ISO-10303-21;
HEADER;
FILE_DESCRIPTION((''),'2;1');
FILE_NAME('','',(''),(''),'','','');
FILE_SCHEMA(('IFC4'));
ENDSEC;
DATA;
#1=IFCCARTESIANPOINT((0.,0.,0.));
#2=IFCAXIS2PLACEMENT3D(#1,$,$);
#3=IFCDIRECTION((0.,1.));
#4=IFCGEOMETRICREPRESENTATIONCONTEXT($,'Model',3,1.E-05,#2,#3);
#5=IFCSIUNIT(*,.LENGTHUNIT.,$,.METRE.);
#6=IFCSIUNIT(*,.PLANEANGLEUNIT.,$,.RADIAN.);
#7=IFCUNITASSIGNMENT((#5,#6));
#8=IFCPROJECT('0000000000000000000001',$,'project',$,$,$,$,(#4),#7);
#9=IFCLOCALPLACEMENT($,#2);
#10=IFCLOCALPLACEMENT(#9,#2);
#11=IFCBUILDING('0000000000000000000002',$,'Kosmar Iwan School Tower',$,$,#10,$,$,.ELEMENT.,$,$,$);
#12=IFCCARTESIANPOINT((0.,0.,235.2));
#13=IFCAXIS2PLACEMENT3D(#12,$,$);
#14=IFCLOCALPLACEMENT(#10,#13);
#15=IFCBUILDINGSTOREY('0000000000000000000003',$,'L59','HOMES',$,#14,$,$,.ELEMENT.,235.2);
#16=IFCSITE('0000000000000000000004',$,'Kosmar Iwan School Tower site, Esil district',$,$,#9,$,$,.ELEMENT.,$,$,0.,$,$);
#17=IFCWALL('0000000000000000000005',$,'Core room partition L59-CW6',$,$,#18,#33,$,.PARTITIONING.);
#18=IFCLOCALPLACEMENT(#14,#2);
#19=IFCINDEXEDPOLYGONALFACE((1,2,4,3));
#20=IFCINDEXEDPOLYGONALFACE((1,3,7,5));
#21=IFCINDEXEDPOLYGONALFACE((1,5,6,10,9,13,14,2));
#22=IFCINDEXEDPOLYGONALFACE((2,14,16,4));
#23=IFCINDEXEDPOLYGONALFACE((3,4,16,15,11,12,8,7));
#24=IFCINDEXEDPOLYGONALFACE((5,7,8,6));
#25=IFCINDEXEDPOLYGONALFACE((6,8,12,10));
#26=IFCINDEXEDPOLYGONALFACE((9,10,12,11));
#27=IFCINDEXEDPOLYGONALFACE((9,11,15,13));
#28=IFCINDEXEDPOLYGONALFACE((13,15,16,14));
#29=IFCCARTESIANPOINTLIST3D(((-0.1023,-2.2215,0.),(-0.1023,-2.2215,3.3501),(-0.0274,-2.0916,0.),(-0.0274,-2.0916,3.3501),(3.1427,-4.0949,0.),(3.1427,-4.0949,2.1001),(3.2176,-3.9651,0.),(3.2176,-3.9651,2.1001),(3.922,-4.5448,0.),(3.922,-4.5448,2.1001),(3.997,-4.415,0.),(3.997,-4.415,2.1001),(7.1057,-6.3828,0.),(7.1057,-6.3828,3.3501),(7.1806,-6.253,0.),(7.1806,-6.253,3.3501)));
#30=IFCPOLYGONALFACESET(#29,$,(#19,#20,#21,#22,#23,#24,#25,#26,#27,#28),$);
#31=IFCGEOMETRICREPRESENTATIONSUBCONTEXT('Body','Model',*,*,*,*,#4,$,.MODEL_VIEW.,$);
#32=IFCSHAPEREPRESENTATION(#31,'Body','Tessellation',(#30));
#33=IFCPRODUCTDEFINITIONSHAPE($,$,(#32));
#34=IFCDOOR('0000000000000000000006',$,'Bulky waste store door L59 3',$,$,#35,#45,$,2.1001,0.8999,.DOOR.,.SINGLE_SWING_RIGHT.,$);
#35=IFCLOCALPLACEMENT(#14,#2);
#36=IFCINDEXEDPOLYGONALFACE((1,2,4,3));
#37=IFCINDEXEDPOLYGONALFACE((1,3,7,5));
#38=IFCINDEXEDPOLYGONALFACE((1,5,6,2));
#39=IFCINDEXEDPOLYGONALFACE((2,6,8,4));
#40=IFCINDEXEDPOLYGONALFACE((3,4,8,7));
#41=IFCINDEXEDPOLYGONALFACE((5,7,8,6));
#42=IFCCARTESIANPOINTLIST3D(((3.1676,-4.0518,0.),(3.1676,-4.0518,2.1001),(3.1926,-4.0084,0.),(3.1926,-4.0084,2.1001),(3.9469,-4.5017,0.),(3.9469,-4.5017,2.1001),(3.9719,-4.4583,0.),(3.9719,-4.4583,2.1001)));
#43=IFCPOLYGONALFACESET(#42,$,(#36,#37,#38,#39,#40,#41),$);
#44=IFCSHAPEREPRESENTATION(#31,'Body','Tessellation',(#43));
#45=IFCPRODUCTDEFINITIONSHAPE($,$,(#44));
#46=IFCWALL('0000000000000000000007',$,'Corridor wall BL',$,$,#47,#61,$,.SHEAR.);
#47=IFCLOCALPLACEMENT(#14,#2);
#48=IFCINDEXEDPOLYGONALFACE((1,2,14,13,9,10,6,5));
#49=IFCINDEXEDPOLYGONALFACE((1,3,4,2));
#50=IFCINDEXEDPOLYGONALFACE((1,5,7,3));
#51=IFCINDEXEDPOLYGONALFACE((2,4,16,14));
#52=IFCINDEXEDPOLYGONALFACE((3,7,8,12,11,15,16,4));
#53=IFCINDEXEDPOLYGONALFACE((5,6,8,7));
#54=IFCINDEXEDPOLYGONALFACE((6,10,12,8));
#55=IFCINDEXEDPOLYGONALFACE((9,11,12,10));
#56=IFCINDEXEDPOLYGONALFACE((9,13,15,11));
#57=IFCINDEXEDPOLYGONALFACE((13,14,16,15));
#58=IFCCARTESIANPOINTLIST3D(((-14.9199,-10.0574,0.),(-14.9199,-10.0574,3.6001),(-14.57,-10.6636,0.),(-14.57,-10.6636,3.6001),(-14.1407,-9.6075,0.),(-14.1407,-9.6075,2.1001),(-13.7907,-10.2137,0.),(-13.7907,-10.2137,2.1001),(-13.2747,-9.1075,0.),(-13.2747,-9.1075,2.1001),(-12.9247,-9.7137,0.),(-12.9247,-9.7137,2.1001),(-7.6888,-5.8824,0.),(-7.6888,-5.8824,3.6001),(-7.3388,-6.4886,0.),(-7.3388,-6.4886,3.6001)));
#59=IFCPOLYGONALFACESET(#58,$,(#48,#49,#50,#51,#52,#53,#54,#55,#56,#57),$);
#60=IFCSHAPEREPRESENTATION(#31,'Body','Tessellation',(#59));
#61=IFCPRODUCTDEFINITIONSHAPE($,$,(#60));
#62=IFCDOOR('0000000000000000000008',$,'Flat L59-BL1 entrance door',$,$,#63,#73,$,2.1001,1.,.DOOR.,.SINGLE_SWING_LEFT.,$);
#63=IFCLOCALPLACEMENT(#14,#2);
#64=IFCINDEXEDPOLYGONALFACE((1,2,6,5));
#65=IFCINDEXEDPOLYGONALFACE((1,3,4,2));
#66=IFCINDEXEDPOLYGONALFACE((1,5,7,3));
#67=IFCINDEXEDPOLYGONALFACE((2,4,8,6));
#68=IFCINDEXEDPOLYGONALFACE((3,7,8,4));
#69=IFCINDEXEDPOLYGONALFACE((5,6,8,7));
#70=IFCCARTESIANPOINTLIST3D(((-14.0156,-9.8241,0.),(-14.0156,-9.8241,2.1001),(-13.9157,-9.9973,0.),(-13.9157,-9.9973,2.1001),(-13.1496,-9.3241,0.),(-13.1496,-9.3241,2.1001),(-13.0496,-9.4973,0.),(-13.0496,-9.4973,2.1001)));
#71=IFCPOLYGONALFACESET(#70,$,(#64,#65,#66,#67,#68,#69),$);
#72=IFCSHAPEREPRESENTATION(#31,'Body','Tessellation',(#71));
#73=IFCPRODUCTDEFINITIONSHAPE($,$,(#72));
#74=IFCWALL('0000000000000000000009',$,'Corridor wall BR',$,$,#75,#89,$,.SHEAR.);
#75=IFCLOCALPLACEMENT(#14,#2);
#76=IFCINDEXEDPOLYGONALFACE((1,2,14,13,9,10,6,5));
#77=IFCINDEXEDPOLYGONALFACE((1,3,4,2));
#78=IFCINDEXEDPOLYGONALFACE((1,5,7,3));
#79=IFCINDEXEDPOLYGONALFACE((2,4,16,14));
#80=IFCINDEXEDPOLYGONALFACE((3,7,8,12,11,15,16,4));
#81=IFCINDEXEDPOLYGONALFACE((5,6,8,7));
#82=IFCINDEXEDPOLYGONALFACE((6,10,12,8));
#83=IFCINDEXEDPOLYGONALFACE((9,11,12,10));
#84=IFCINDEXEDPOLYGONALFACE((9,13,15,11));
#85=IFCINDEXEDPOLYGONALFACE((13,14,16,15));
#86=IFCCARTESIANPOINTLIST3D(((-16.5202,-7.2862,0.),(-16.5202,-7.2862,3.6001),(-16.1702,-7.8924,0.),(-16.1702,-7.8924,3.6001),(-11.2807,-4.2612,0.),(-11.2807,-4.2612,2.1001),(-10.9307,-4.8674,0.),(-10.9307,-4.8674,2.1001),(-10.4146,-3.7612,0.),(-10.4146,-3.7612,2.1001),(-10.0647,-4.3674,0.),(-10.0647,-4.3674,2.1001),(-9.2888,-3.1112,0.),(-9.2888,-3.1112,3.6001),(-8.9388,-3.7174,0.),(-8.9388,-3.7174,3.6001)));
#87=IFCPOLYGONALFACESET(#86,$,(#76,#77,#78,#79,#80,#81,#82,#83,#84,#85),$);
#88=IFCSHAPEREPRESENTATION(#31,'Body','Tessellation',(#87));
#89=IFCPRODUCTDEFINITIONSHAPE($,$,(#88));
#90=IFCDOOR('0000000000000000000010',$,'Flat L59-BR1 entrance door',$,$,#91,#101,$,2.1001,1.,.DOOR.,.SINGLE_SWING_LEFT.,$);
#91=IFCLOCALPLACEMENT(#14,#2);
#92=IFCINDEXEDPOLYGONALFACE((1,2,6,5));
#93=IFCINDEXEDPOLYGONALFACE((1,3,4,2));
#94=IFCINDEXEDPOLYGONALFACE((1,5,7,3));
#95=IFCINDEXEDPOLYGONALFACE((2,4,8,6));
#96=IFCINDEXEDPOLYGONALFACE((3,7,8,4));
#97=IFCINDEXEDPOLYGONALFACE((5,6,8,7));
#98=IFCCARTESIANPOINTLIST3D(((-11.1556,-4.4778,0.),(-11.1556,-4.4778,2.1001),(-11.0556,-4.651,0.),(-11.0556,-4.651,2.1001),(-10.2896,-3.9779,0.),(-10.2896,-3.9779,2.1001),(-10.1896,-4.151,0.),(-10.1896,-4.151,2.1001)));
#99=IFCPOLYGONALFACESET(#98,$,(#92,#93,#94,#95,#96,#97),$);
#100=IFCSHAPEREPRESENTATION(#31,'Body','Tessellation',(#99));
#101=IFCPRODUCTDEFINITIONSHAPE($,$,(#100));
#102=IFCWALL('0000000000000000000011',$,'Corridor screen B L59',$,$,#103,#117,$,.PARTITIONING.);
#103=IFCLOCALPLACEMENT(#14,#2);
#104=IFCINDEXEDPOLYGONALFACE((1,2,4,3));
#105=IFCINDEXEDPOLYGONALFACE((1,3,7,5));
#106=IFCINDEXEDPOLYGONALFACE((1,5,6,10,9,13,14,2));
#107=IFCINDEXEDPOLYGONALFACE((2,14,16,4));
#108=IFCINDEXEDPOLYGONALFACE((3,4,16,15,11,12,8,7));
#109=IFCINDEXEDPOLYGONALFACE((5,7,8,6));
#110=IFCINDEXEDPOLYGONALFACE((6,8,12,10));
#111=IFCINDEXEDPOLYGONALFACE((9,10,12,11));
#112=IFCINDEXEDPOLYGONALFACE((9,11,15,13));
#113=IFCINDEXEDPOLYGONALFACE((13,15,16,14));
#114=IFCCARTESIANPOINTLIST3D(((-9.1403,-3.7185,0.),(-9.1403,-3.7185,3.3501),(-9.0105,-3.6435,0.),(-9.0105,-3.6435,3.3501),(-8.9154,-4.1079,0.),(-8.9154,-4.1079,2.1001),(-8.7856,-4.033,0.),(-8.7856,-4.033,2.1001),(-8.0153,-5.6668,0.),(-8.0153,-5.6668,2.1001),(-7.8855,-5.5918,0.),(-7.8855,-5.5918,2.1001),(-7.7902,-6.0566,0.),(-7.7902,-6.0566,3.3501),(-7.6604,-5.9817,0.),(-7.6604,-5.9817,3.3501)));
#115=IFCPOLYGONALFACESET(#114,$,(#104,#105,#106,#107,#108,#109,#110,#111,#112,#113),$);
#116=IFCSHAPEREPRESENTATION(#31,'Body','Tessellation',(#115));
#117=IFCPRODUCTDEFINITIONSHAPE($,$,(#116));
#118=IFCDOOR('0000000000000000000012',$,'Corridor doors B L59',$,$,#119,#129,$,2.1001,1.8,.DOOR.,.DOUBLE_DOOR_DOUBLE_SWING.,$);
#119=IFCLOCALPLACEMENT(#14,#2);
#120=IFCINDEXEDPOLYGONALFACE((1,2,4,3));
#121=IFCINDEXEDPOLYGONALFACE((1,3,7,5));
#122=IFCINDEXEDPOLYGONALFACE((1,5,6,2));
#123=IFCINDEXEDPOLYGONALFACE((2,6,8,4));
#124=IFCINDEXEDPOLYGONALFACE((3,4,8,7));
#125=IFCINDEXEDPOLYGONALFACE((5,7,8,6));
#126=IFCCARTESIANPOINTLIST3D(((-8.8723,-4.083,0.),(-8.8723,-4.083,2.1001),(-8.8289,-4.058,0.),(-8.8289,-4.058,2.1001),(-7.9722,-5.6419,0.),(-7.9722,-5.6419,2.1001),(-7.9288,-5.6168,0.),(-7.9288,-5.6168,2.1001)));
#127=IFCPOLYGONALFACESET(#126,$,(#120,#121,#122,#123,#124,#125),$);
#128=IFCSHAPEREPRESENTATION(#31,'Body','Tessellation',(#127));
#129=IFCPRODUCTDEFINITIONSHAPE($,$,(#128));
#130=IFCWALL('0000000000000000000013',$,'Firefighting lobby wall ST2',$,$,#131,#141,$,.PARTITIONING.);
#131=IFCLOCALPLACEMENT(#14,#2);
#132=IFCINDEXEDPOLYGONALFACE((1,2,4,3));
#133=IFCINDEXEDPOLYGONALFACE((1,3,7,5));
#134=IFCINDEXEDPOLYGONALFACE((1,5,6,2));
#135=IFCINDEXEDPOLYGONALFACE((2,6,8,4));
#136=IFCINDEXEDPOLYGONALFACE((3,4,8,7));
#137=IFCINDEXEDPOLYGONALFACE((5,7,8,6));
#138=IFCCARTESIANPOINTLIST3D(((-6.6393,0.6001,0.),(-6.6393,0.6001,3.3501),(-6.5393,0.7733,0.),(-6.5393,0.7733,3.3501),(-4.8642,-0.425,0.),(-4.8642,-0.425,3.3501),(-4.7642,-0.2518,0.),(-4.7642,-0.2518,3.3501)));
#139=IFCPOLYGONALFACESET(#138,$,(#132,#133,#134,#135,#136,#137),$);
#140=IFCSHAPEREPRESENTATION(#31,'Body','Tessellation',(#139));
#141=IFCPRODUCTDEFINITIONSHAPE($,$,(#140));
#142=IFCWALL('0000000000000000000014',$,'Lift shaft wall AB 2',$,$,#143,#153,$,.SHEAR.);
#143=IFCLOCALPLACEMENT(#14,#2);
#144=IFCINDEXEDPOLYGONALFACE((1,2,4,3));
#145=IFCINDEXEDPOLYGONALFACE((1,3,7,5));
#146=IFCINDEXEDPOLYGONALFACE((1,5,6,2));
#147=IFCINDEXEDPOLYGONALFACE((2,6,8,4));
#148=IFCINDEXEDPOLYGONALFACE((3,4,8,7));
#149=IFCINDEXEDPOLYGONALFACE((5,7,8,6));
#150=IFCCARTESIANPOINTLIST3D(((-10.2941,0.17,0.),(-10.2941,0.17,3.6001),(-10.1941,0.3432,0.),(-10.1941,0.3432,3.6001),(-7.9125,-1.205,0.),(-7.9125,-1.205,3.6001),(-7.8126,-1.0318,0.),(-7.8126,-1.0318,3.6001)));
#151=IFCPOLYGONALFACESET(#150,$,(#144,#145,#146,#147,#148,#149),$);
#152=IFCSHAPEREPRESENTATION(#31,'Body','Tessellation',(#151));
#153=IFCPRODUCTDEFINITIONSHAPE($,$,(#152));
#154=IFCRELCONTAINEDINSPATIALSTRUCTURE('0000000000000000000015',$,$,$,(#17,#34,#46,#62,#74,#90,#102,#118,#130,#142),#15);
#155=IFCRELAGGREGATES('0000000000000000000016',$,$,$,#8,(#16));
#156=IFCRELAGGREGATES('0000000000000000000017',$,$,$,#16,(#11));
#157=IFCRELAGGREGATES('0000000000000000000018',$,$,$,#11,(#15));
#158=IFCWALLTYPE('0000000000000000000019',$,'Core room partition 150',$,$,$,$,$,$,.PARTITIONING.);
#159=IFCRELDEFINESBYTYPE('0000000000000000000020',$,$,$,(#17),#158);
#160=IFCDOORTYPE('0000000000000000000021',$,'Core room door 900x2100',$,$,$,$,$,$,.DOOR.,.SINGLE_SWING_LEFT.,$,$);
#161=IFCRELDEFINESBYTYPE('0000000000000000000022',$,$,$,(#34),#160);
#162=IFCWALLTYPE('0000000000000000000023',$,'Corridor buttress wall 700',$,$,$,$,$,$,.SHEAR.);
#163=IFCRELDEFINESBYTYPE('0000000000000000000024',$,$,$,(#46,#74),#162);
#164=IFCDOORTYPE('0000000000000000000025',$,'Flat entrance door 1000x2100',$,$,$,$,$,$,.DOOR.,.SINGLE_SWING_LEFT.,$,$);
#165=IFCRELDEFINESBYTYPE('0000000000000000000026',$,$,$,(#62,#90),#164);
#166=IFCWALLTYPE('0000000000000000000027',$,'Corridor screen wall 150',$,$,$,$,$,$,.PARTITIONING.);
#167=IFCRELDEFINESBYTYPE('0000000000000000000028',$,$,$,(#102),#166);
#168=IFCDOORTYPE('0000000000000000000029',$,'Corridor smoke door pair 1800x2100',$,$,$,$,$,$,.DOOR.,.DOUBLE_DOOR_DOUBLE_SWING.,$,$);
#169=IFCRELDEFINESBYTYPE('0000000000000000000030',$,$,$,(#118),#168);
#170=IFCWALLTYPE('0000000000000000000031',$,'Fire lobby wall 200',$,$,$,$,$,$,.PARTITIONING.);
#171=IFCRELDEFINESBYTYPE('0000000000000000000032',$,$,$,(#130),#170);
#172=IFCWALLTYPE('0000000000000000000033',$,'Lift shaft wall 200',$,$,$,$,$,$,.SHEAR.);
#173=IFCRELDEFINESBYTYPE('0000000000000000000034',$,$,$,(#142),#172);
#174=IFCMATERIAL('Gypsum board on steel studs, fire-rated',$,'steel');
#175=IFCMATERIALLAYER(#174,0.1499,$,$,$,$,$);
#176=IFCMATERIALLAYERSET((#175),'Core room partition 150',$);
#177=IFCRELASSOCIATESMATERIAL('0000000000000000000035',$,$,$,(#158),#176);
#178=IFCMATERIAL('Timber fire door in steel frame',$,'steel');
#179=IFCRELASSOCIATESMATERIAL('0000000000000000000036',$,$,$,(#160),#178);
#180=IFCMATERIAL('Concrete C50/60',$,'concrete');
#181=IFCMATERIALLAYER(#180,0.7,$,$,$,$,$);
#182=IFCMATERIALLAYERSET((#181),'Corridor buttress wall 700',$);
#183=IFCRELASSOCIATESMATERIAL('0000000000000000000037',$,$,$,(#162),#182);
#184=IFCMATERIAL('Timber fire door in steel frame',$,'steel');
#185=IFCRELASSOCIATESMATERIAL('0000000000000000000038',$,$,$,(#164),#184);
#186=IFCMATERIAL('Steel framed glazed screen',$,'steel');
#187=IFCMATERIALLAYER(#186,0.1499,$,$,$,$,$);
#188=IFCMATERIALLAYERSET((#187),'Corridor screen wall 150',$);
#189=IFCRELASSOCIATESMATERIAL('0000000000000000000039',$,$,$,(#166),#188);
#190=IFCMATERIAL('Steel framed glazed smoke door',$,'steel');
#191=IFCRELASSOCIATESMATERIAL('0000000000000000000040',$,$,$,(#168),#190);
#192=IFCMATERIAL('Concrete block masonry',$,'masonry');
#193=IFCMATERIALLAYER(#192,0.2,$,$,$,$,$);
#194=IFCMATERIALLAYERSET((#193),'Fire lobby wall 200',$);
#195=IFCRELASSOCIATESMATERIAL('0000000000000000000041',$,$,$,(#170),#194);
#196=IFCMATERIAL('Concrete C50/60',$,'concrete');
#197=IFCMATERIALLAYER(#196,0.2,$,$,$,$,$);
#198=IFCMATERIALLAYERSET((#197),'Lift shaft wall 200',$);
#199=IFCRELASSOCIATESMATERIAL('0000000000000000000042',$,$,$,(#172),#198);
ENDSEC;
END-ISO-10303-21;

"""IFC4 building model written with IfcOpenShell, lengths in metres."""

from ifc_helpers import new_model, si_unit, direction, frame, frame_2d, origin, place, context, subcontext, project, spatial, rectangle, extrude, material, layer, layer_set, type_object, element, fill, save


model = new_model("IFC4")

# Units and contexts
model_context = context("Model", 3, precision=1e-05, world=origin(), true_north=direction((0.0, 1.0)))
body_context = subcontext(model_context, "Body", "Model", "MODEL_VIEW")
ifc_project = project(units=[si_unit("LENGTHUNIT", "METRE"), si_unit("PLANEANGLEUNIT", "RADIAN")], contexts=[model_context])

# Site, building, storey
site_placement = place(None, origin())
site = spatial("IfcSite", under=ifc_project, at=site_placement, Name="Kosmar Iwan School Tower site, Esil district", CompositionType="ELEMENT", RefElevation=0.0)
building_placement = place(site_placement, origin())
building = spatial("IfcBuilding", under=site, at=building_placement, Name="Kosmar Iwan School Tower", CompositionType="ELEMENT")
storey_placement = place(building_placement, frame((0.0, 0.0, 235.2)))
storey = spatial("IfcBuildingStorey", under=building, at=storey_placement, Name="L59", Description="HOMES", CompositionType="ELEMENT", Elevation=235.2)

# Walls, openings, doors
ifc_material_1 = material(Name="Gypsum board on steel studs, fire-rated", Category="steel")
ifc_layer_1 = layer(ifc_material_1, 0.1499)
ifc_layer_set_1 = layer_set([ifc_layer_1], Name="Core room partition 150")
wall_type_1 = type_object("IfcWallType", Name="Core room partition 150", PredefinedType="PARTITIONING", material=ifc_layer_set_1)
wall_1_placement = place(storey_placement, frame((-0.0649, -2.1565, 0.0), z_axis=(0.0, 0.0, 1.0), x_axis=(0.866034, -0.499985, 0.0)))
wall_1 = element("IfcWall", 1, at=wall_1_placement, inside=storey, type_object=wall_type_1, Name="Core room partition L59-CW6", PredefinedType="PARTITIONING", context=body_context, shape_type="SweptSolid", body=[
    extrude(rectangle(XDim=8.323, YDim=0.1499, at=frame_2d((4.1616, 0.0))), origin(), (0.0, 0.0, 1.0), 3.3501),
])
opening_1_placement = place(wall_1_placement, frame((3.7471, 0.0, 0.0)))
opening_1 = element("IfcOpeningElement", 2, at=opening_1_placement, cuts=wall_1, PredefinedType="OPENING", context=body_context, shape_type="SweptSolid", body=[
    extrude(rectangle(XDim=0.8999, YDim=2.1001, at=frame_2d((0.45, 1.05))), frame((0.0, 0.0869, 0.0), z_axis=(0.0, -1.0, 0.0), x_axis=(1.0, 0.0, 0.0)), (0.0, 0.0, 1.0), 0.1738),
])
ifc_material_2 = material(Name="Timber fire door in steel frame", Category="steel")
door_type_1 = type_object("IfcDoorType", Name="Core room door 900x2100", OperationType="SINGLE_SWING_LEFT", PredefinedType="DOOR", material=ifc_material_2)
door_1_placement = place(opening_1_placement, origin())
door_1 = element("IfcDoor", 3, at=door_1_placement, inside=storey, type_object=door_type_1, Name="Bulky waste store door L59 3", OperationType="SINGLE_SWING_RIGHT", OverallHeight=2.1001, OverallWidth=0.8999, PredefinedType="DOOR", context=body_context, shape_type="SweptSolid", body=[
    extrude(rectangle(XDim=0.8999, YDim=2.1001, at=frame_2d((0.45, 1.05))), frame((0.0, 0.0249, 0.0), z_axis=(0.0, -1.0, 0.0), x_axis=(1.0, 0.0, 0.0)), (0.0, 0.0, 1.0), 0.05),
])
fill(opening_1, door_1)
ifc_material_3 = material(Name="Concrete C50/60", Category="concrete")
ifc_layer_2 = layer(ifc_material_3, 0.7)
ifc_layer_set_2 = layer_set([ifc_layer_2], Name="Corridor buttress wall 700")
wall_type_2 = type_object("IfcWallType", Name="Corridor buttress wall 700", PredefinedType="SHEAR", material=ifc_layer_set_2)
wall_2_placement = place(storey_placement, frame((-7.5139, -6.1855, 0.0), z_axis=(0.0, 0.0, 1.0), x_axis=(-0.86602, -0.50001, 0.0)))
wall_2 = element("IfcWall", 4, at=wall_2_placement, inside=storey, type_object=wall_type_2, Name="Corridor wall BL", PredefinedType="SHEAR", context=body_context, shape_type="SweptSolid", body=[
    extrude(rectangle(XDim=8.3499, YDim=0.7, at=frame_2d((4.1748, 0.0))), origin(), (0.0, 0.0, 1.0), 3.6001),
])
opening_2_placement = place(wall_2_placement, frame((6.45, 0.0, 0.0)))
opening_2 = element("IfcOpeningElement", 5, at=opening_2_placement, cuts=wall_2, PredefinedType="OPENING", context=body_context, shape_type="SweptSolid", body=[
    extrude(rectangle(XDim=1.0, YDim=2.1001, at=frame_2d((0.5, 1.05))), frame((0.0, 0.3621, 0.0), z_axis=(0.0, -1.0, 0.0), x_axis=(1.0, 0.0, 0.0)), (0.0, 0.0, 1.0), 0.7239),
])
ifc_material_4 = material(Name="Timber fire door in steel frame", Category="steel")
door_type_2 = type_object("IfcDoorType", Name="Flat entrance door 1000x2100", OperationType="SINGLE_SWING_LEFT", PredefinedType="DOOR", material=ifc_material_4)
door_2_placement = place(opening_2_placement, origin())
door_2 = element("IfcDoor", 6, at=door_2_placement, inside=storey, type_object=door_type_2, Name="Flat L59-BL1 entrance door", OperationType="SINGLE_SWING_LEFT", OverallHeight=2.1001, OverallWidth=1.0, PredefinedType="DOOR", context=body_context, shape_type="SweptSolid", body=[
    extrude(rectangle(XDim=1.0, YDim=2.1001, at=frame_2d((0.5, 1.05))), frame((0.0, 0.1001, 0.0), z_axis=(0.0, -1.0, 0.0), x_axis=(1.0, 0.0, 0.0)), (0.0, 0.0, 1.0), 0.2),
])
fill(opening_2, door_2)
wall_3_placement = place(storey_placement, frame((-9.1138, -3.4143, 0.0), z_axis=(0.0, 0.0, 1.0), x_axis=(-0.866027, -0.499997, 0.0)))
wall_3 = element("IfcWall", 7, at=wall_3_placement, inside=storey, type_object=wall_type_2, Name="Corridor wall BR", PredefinedType="SHEAR", context=body_context, shape_type="SweptSolid", body=[
    extrude(rectangle(XDim=8.3501, YDim=0.7, at=frame_2d((4.175, 0.0))), origin(), (0.0, 0.0, 1.0), 3.6001),
])
opening_3_placement = place(wall_3_placement, frame((1.3, 0.0, 0.0)))
opening_3 = element("IfcOpeningElement", 8, at=opening_3_placement, cuts=wall_3, PredefinedType="OPENING", context=body_context, shape_type="SweptSolid", body=[
    extrude(rectangle(XDim=1.0, YDim=2.1001, at=frame_2d((0.5, 1.05))), frame((0.0, 0.3621, 0.0), z_axis=(0.0, -1.0, 0.0), x_axis=(1.0, 0.0, 0.0)), (0.0, 0.0, 1.0), 0.7239),
])
door_3_placement = place(opening_3_placement, origin())
door_3 = element("IfcDoor", 9, at=door_3_placement, inside=storey, type_object=door_type_2, Name="Flat L59-BR1 entrance door", OperationType="SINGLE_SWING_LEFT", OverallHeight=2.1001, OverallWidth=1.0, PredefinedType="DOOR", context=body_context, shape_type="SweptSolid", body=[
    extrude(rectangle(XDim=1.0, YDim=2.1001, at=frame_2d((0.5, 1.05))), frame((0.0, 0.1001, 0.0), z_axis=(0.0, -1.0, 0.0), x_axis=(1.0, 0.0, 0.0)), (0.0, 0.0, 1.0), 0.2),
])
fill(opening_3, door_3)
ifc_material_5 = material(Name="Steel framed glazed screen", Category="steel")
ifc_layer_3 = layer(ifc_material_5, 0.1499)
ifc_layer_set_3 = layer_set([ifc_layer_3], Name="Corridor screen wall 150")
wall_type_3 = type_object("IfcWallType", Name="Corridor screen wall 150", PredefinedType="PARTITIONING", material=ifc_layer_set_3)
wall_4_placement = place(storey_placement, frame((-9.0754, -3.6809, 0.0), z_axis=(0.0, 0.0, 1.0), x_axis=(0.500049, -0.865997, 0.0)))
wall_4 = element("IfcWall", 10, at=wall_4_placement, inside=storey, type_object=wall_type_3, Name="Corridor screen B L59", PredefinedType="PARTITIONING", context=body_context, shape_type="SweptSolid", body=[
    extrude(rectangle(XDim=2.7, YDim=0.1499, at=frame_2d((1.3501, 0.0))), origin(), (0.0, 0.0, 1.0), 3.3501),
])
opening_4_placement = place(wall_4_placement, frame((0.45, 0.0, 0.0)))
opening_4 = element("IfcOpeningElement", 11, at=opening_4_placement, cuts=wall_4, PredefinedType="OPENING", context=body_context, shape_type="SweptSolid", body=[
    extrude(rectangle(XDim=1.8, YDim=2.1001, at=frame_2d((0.8999, 1.05))), frame((0.0, 0.0869, 0.0), z_axis=(0.0, -1.0, 0.0), x_axis=(1.0, 0.0, 0.0)), (0.0, 0.0, 1.0), 0.1738),
])
ifc_material_6 = material(Name="Steel framed glazed smoke door", Category="steel")
door_type_3 = type_object("IfcDoorType", Name="Corridor smoke door pair 1800x2100", OperationType="DOUBLE_DOOR_DOUBLE_SWING", PredefinedType="DOOR", material=ifc_material_6)
door_4_placement = place(opening_4_placement, origin())
door_4 = element("IfcDoor", 12, at=door_4_placement, inside=storey, type_object=door_type_3, Name="Corridor doors B L59", OperationType="DOUBLE_DOOR_DOUBLE_SWING", OverallHeight=2.1001, OverallWidth=1.8, PredefinedType="DOOR", context=body_context, shape_type="SweptSolid", body=[
    extrude(rectangle(XDim=1.8, YDim=2.1001, at=frame_2d((0.8999, 1.05))), frame((0.0, 0.0249, 0.0), z_axis=(0.0, -1.0, 0.0), x_axis=(1.0, 0.0, 0.0)), (0.0, 0.0, 1.0), 0.05),
])
fill(opening_4, door_4)

# Walls
ifc_material_7 = material(Name="Concrete block masonry", Category="masonry")
ifc_layer_4 = layer(ifc_material_7, 0.2)
ifc_layer_set_4 = layer_set([ifc_layer_4], Name="Fire lobby wall 200")
wall_type_4 = type_object("IfcWallType", Name="Fire lobby wall 200", PredefinedType="PARTITIONING", material=ifc_layer_set_4)
wall_5_placement = place(storey_placement, frame((-4.8142, -0.3384, 0.0), z_axis=(0.0, 0.0, 1.0), x_axis=(-0.865969, 0.500097, 0.0)))
element("IfcWall", 13, at=wall_5_placement, inside=storey, type_object=wall_type_4, Name="Firefighting lobby wall ST2", PredefinedType="PARTITIONING", context=body_context, shape_type="SweptSolid", body=[
    extrude(rectangle(XDim=2.0498, YDim=0.2, at=frame_2d((1.0249, 0.0))), origin(), (0.0, 0.0, 1.0), 3.3501),
])
ifc_material_8 = material(Name="Concrete C50/60", Category="concrete")
ifc_layer_5 = layer(ifc_material_8, 0.2)
ifc_layer_set_5 = layer_set([ifc_layer_5], Name="Lift shaft wall 200")
wall_type_5 = type_object("IfcWallType", Name="Lift shaft wall 200", PredefinedType="SHEAR", material=ifc_layer_set_5)
wall_6_placement = place(storey_placement, frame((-7.8625, -1.1184, 0.0), z_axis=(0.0, 0.0, 1.0), x_axis=(-0.866027, 0.499997, 0.0)))
element("IfcWall", 14, at=wall_6_placement, inside=storey, type_object=wall_type_5, Name="Lift shaft wall AB 2", PredefinedType="SHEAR", context=body_context, shape_type="SweptSolid", body=[
    extrude(rectangle(XDim=2.75, YDim=0.2, at=frame_2d((1.375, 0.0))), origin(), (0.0, 0.0, 1.0), 3.6001),
])

save(model, "model.ifc")
